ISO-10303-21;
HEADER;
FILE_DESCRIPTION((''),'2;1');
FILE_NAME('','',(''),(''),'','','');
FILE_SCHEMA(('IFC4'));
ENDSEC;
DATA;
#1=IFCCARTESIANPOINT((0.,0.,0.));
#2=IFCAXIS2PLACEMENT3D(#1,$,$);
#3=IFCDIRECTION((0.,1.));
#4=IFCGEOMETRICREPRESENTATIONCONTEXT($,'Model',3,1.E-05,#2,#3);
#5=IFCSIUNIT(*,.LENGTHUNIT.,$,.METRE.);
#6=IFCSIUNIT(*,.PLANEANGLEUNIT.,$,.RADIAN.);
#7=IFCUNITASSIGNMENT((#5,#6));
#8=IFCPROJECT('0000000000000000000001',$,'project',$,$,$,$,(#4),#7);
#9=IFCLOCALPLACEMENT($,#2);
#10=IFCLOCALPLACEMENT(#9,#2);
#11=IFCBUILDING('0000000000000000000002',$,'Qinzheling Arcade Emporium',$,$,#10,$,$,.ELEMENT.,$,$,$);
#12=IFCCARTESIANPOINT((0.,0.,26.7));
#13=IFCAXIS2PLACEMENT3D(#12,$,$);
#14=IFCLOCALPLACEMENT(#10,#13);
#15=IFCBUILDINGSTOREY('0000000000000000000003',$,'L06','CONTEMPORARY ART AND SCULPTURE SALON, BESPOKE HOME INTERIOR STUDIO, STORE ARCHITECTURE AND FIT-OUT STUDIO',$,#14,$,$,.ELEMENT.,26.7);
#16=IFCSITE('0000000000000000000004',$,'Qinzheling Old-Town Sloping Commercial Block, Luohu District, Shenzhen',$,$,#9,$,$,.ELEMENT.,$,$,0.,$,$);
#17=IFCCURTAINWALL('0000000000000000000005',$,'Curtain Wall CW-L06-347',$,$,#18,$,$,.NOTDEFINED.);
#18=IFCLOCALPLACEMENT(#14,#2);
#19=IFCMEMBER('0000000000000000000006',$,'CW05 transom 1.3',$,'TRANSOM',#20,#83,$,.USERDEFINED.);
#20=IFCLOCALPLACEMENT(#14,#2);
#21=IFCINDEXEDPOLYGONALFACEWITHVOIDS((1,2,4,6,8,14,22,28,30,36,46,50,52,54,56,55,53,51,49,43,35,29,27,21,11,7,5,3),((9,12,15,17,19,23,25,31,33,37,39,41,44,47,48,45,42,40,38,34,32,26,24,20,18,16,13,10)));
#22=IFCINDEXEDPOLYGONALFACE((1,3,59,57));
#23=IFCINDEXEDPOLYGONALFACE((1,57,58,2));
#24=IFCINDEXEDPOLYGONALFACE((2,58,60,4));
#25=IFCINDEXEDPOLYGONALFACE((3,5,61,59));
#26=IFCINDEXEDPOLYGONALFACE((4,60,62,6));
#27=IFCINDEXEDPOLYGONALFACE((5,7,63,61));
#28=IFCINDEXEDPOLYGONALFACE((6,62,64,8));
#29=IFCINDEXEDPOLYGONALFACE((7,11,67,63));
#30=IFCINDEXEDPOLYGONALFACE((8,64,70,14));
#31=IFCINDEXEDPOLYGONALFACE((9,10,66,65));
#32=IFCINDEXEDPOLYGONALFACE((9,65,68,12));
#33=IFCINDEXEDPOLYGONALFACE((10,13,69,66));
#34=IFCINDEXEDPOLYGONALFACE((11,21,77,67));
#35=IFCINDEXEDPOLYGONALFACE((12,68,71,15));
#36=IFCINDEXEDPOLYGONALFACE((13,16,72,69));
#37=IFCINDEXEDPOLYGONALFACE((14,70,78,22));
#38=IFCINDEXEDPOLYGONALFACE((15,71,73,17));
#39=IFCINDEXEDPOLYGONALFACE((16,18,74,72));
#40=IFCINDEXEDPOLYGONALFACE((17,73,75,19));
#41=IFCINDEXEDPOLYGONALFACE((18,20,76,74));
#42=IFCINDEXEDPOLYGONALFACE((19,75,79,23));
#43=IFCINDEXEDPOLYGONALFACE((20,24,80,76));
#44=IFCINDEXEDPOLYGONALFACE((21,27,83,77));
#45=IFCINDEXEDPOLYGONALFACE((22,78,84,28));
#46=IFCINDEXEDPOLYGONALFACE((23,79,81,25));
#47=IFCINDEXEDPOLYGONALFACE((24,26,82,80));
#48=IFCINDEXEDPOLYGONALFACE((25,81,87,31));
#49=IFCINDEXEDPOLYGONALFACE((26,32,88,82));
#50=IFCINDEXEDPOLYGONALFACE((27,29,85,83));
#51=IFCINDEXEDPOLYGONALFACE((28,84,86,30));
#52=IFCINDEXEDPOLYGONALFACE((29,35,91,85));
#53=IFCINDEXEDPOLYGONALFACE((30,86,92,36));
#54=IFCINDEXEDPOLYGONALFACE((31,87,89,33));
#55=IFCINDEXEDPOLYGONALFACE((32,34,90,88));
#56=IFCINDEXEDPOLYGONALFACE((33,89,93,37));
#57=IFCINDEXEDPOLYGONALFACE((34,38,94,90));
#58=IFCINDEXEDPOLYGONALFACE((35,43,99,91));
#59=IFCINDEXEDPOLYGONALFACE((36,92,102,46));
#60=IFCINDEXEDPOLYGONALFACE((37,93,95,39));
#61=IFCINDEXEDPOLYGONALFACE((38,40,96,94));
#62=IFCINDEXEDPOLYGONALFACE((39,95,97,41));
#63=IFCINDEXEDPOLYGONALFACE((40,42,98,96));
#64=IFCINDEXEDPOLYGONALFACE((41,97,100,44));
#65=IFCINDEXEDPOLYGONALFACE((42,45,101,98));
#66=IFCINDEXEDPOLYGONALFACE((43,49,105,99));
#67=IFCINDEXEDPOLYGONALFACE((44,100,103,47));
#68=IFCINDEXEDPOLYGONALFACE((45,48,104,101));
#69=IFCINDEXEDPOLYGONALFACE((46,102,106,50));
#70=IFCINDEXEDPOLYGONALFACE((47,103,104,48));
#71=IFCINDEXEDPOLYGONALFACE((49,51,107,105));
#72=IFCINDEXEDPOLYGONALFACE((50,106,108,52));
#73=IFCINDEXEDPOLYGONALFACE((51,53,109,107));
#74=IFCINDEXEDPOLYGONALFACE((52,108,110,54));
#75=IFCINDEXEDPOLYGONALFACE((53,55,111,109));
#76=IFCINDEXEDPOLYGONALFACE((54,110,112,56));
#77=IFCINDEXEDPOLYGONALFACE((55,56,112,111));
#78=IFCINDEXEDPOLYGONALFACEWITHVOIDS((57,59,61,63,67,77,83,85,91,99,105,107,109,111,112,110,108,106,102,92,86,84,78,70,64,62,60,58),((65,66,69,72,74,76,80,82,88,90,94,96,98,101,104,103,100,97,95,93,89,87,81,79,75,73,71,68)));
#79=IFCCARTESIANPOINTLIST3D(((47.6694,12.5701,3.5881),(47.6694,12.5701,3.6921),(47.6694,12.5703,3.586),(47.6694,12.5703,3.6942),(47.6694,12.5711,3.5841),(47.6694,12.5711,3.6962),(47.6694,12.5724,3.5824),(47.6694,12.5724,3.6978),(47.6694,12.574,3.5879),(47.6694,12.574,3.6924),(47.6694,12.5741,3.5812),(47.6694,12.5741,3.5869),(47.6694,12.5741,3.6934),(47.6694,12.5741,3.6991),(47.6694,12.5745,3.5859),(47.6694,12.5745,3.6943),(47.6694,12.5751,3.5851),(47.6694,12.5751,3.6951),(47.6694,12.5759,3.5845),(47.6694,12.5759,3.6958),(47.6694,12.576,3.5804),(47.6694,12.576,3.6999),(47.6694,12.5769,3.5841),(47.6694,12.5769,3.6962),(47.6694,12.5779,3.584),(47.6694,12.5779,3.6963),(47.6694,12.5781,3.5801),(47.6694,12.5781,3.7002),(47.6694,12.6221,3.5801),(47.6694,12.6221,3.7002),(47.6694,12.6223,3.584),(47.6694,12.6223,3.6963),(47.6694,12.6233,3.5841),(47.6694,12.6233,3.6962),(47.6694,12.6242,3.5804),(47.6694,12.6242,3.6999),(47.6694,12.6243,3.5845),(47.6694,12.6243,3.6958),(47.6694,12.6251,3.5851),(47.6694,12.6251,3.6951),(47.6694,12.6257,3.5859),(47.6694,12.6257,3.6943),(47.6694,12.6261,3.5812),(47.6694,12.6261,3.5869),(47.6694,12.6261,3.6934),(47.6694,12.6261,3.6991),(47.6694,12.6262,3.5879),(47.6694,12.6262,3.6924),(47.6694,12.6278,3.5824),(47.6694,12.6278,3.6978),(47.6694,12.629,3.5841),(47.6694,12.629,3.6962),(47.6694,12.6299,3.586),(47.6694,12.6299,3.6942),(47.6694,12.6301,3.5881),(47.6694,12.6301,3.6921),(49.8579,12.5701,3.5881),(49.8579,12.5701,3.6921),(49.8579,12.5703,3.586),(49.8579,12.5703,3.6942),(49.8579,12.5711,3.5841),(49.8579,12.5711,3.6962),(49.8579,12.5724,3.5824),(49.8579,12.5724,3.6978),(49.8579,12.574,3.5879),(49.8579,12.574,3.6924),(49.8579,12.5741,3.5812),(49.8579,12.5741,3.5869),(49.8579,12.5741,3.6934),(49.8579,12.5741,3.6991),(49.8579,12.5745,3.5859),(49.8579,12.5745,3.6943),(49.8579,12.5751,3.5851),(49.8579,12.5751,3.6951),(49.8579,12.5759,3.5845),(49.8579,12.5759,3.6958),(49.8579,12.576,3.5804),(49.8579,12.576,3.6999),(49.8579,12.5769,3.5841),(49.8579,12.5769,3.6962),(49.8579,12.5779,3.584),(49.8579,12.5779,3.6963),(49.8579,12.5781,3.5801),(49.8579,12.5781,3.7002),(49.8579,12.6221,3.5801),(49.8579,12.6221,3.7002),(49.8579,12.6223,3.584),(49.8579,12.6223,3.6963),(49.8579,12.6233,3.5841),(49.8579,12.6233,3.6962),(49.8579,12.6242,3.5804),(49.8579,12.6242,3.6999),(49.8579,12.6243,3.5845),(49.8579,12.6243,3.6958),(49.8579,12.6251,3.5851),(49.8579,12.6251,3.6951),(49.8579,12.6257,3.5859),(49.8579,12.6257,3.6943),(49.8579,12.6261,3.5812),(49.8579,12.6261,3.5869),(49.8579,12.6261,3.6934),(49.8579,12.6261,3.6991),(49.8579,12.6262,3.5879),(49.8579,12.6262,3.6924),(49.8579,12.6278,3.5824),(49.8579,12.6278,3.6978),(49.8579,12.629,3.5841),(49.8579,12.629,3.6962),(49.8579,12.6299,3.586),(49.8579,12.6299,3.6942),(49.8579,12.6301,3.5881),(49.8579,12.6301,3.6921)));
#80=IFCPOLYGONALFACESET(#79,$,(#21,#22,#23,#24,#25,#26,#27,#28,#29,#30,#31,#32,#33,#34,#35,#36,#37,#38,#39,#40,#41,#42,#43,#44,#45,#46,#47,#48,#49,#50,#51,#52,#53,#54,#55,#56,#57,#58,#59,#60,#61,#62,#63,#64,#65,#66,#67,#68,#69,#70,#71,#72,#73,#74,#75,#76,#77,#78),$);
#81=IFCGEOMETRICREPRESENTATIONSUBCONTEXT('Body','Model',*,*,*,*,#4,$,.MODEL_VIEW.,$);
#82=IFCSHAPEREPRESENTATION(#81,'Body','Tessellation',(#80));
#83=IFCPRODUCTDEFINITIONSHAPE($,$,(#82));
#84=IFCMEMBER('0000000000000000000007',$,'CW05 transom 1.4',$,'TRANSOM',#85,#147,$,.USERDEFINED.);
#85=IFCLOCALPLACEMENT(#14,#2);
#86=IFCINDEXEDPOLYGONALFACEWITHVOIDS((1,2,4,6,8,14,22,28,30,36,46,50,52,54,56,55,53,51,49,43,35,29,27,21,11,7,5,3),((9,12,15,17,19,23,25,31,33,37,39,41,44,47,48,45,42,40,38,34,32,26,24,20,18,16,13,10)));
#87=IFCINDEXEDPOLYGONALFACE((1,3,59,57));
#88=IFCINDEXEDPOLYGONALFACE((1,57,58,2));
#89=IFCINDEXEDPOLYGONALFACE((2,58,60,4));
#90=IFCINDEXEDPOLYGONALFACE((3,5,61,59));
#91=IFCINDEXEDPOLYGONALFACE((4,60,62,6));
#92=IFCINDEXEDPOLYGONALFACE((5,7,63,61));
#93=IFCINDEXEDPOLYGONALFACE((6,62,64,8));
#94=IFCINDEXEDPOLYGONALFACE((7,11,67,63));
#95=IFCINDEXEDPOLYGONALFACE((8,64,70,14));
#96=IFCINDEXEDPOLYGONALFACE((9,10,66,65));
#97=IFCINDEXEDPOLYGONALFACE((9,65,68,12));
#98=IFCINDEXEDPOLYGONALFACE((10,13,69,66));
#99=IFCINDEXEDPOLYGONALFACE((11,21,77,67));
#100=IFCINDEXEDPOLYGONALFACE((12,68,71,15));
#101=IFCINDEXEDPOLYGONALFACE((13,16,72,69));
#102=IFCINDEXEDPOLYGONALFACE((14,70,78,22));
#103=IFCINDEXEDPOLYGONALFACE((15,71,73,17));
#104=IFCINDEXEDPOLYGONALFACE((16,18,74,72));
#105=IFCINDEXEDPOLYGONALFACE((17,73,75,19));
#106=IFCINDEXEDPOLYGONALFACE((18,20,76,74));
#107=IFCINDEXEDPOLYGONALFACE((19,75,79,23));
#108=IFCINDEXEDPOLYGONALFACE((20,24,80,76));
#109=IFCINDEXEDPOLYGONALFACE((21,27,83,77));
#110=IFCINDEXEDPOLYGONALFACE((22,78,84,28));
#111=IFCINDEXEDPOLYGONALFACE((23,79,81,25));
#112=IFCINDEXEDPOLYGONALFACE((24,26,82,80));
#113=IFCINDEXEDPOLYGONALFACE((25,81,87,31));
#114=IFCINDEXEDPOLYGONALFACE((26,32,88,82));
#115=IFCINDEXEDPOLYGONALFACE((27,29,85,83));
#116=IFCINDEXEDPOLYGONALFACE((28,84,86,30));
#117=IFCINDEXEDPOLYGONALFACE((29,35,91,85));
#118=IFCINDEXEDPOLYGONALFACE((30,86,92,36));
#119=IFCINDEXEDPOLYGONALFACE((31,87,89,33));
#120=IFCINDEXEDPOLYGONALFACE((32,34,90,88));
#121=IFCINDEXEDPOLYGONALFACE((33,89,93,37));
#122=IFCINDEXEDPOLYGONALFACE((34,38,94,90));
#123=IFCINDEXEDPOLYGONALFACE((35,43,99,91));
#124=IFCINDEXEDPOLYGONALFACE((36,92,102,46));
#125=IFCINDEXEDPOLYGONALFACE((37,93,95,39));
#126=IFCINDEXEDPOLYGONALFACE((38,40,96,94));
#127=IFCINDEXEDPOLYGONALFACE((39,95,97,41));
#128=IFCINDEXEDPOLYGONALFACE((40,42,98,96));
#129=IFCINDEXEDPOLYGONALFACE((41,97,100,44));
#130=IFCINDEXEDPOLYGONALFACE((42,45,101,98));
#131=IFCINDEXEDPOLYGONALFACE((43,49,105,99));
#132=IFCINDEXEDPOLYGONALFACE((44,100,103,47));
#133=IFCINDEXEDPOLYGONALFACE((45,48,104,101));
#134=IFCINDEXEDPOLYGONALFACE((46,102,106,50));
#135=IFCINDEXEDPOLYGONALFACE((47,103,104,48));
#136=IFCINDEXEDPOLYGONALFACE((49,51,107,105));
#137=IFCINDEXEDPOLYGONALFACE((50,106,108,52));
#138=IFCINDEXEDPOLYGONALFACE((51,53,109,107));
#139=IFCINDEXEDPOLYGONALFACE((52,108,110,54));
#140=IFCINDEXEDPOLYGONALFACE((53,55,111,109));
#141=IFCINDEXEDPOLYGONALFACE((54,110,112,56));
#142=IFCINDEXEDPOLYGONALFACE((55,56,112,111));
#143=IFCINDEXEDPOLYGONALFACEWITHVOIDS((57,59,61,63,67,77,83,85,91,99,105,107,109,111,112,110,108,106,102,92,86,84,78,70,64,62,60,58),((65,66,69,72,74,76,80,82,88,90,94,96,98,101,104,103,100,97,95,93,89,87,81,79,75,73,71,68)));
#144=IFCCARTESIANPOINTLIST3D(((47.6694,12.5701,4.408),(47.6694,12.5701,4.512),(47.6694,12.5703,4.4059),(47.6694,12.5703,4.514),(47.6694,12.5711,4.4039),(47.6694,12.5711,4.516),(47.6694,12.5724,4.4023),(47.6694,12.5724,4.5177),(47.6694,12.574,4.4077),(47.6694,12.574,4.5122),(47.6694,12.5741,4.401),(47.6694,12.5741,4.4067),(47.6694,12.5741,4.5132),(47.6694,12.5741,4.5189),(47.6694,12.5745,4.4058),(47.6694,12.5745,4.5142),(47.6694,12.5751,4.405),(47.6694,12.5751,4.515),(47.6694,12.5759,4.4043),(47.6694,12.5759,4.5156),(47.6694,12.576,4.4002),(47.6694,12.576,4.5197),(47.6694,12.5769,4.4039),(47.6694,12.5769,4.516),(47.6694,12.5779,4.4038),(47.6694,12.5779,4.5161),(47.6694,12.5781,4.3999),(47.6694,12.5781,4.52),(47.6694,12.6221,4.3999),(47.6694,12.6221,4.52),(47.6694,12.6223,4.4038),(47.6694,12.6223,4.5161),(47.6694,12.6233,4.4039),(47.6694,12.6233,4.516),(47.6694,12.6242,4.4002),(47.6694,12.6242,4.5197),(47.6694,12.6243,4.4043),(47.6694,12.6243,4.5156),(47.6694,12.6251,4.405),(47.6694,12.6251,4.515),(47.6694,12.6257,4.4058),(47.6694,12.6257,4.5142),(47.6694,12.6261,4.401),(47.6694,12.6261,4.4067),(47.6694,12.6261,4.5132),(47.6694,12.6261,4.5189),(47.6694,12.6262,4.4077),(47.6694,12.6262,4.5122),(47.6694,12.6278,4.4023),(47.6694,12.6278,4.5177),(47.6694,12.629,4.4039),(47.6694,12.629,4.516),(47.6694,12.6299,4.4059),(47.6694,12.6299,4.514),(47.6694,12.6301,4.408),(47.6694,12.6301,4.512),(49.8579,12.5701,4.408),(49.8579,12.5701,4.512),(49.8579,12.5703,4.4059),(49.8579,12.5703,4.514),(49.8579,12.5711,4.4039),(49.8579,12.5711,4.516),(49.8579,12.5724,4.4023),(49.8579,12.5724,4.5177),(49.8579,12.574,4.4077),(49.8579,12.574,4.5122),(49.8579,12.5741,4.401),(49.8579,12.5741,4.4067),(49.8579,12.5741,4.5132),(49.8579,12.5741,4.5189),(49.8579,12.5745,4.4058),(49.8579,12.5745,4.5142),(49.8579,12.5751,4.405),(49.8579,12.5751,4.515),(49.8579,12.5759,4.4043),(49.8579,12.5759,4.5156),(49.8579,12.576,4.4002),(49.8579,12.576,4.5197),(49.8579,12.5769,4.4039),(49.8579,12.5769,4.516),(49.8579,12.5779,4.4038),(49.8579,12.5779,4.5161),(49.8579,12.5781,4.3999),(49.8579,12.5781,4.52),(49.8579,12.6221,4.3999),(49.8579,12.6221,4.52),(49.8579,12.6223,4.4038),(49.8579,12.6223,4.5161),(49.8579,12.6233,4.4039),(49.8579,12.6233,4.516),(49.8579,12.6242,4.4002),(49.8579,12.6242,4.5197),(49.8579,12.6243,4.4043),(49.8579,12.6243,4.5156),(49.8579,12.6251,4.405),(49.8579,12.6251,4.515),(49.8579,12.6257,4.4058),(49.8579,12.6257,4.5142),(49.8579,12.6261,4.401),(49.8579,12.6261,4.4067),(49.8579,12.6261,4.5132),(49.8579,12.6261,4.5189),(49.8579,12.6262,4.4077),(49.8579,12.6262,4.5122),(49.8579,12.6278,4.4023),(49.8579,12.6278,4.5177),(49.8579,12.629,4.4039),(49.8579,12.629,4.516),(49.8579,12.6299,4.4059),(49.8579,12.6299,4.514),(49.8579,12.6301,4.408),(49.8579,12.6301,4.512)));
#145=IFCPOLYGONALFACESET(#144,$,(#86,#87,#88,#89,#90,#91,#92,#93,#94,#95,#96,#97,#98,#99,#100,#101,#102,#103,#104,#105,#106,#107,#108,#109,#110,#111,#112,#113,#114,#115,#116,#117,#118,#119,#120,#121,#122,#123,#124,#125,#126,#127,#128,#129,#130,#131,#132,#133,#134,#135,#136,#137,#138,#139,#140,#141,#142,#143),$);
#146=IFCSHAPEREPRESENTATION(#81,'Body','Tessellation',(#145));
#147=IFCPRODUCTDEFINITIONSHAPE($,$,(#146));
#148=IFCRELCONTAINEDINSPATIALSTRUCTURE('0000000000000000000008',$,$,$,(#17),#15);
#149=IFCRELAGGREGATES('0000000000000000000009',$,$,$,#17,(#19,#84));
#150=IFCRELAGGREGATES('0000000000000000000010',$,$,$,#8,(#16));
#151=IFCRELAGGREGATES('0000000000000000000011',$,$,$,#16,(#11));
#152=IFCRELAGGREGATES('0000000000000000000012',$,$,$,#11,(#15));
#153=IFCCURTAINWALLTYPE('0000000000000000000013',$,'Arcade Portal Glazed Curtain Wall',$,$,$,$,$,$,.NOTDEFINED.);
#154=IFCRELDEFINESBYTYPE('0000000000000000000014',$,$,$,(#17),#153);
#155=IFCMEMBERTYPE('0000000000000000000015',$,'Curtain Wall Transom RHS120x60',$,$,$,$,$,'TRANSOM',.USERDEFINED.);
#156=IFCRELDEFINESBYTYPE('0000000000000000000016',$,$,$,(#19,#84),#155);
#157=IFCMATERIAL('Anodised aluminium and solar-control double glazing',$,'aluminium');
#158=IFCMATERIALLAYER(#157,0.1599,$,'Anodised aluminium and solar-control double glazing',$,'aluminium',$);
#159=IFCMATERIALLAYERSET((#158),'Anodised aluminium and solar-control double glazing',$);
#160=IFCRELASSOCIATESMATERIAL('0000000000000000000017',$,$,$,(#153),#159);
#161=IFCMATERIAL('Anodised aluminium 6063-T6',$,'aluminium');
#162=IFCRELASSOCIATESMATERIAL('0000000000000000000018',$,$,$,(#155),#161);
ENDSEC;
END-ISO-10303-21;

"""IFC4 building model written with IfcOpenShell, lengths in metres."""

from ifc_helpers import new_model, si_unit, direction, frame, origin, origin_2d, place, context, subcontext, project, spatial, hollow_rectangle, extrude, material, layer, layer_set, material_profile, profile_set, type_object, element, aggregate, save


model = new_model("IFC4")

# Units and contexts
model_context = context("Model", 3, precision=1e-05, world=origin(), true_north=direction((0.0, 1.0)))
body_context = subcontext(model_context, "Body", "Model", "MODEL_VIEW")
ifc_project = project(units=[si_unit("LENGTHUNIT", "METRE"), si_unit("PLANEANGLEUNIT", "RADIAN")], contexts=[model_context])

# Site, building, storey
site_placement = place(None, origin())
site = spatial("IfcSite", under=ifc_project, at=site_placement, Name="Qinzheling Old-Town Sloping Commercial Block, Luohu District, Shenzhen", CompositionType="ELEMENT", RefElevation=0.0)
building_placement = place(site_placement, origin())
building = spatial("IfcBuilding", under=site, at=building_placement, Name="Qinzheling Arcade Emporium", CompositionType="ELEMENT")
storey_placement = place(building_placement, frame((0.0, 0.0, 26.7)))
storey = spatial("IfcBuildingStorey", under=building, at=storey_placement, Name="L06", Description="CONTEMPORARY ART AND SCULPTURE SALON, BESPOKE HOME INTERIOR STUDIO, STORE ARCHITECTURE AND FIT-OUT STUDIO", CompositionType="ELEMENT", Elevation=26.7)

# Shared definitions
ifc_material_1 = material(Name="Anodised aluminium and solar-control double glazing", Category="aluminium")
ifc_layer_1 = layer(ifc_material_1, 0.1599, Name="Anodised aluminium and solar-control double glazing", Category="aluminium")
ifc_layer_set_1 = layer_set([ifc_layer_1], Name="Anodised aluminium and solar-control double glazing")
curtain_wall_type = type_object("IfcCurtainWallType", Name="Arcade Portal Glazed Curtain Wall", PredefinedType="NOTDEFINED", material=ifc_layer_set_1)
ifc_material_2 = material(Name="Anodised aluminium 6063-T6", Category="aluminium")

# Curtain wall, members
curtain_wall_1_placement = place(storey_placement, origin())
curtain_wall_1 = element("IfcCurtainWall", 1, at=curtain_wall_1_placement, inside=storey, type_object=curtain_wall_type, Name="Curtain Wall CW-L06-347", PredefinedType="NOTDEFINED")
ifc_material_profile_1 = material_profile(ifc_material_2, hollow_rectangle(XDim=0.0601, YDim=0.1201, WallThickness=0.0039, InnerFilletRadius=0.0039, OuterFilletRadius=0.0081, at=origin_2d()), Name="RHS 120x60x4", Category="aluminium")
ifc_profile_set_1 = profile_set([ifc_material_profile_1], Name="Anodised aluminium 6063-T6")
member_type_1 = type_object("IfcMemberType", Name="Curtain Wall Transom RHS120x60", ElementType="TRANSOM", PredefinedType="USERDEFINED", material=ifc_profile_set_1)
member_1_placement = place(storey_placement, frame((49.8579, 12.6001, 3.6401), z_axis=(-1.0, 0.0, 0.0), x_axis=(0.0, -1.0, 0.0)))
member_1 = element("IfcMember", 2, at=member_1_placement, type_object=member_type_1, Name="CW05 transom 1.3", ObjectType="TRANSOM", PredefinedType="USERDEFINED", context=body_context, shape_type="SweptSolid", body=[
    extrude(hollow_rectangle(XDim=0.0601, YDim=0.1201, WallThickness=0.0039, InnerFilletRadius=0.0039, OuterFilletRadius=0.0081, at=origin_2d()), origin(), (0.0, 0.0, 1.0), 2.1885),
])
member_2_placement = place(storey_placement, frame((49.8579, 12.6001, 4.46), z_axis=(-1.0, 0.0, 0.0), x_axis=(0.0, -1.0, 0.0)))
member_2 = element("IfcMember", 3, at=member_2_placement, type_object=member_type_1, Name="CW05 transom 1.4", ObjectType="TRANSOM", PredefinedType="USERDEFINED", context=body_context, shape_type="SweptSolid", body=[
    extrude(hollow_rectangle(XDim=0.0601, YDim=0.1201, WallThickness=0.0039, InnerFilletRadius=0.0039, OuterFilletRadius=0.0081, at=origin_2d()), origin(), (0.0, 0.0, 1.0), 2.1885),
])
aggregate(curtain_wall_1, [member_1, member_2])

save(model, "model.ifc")
